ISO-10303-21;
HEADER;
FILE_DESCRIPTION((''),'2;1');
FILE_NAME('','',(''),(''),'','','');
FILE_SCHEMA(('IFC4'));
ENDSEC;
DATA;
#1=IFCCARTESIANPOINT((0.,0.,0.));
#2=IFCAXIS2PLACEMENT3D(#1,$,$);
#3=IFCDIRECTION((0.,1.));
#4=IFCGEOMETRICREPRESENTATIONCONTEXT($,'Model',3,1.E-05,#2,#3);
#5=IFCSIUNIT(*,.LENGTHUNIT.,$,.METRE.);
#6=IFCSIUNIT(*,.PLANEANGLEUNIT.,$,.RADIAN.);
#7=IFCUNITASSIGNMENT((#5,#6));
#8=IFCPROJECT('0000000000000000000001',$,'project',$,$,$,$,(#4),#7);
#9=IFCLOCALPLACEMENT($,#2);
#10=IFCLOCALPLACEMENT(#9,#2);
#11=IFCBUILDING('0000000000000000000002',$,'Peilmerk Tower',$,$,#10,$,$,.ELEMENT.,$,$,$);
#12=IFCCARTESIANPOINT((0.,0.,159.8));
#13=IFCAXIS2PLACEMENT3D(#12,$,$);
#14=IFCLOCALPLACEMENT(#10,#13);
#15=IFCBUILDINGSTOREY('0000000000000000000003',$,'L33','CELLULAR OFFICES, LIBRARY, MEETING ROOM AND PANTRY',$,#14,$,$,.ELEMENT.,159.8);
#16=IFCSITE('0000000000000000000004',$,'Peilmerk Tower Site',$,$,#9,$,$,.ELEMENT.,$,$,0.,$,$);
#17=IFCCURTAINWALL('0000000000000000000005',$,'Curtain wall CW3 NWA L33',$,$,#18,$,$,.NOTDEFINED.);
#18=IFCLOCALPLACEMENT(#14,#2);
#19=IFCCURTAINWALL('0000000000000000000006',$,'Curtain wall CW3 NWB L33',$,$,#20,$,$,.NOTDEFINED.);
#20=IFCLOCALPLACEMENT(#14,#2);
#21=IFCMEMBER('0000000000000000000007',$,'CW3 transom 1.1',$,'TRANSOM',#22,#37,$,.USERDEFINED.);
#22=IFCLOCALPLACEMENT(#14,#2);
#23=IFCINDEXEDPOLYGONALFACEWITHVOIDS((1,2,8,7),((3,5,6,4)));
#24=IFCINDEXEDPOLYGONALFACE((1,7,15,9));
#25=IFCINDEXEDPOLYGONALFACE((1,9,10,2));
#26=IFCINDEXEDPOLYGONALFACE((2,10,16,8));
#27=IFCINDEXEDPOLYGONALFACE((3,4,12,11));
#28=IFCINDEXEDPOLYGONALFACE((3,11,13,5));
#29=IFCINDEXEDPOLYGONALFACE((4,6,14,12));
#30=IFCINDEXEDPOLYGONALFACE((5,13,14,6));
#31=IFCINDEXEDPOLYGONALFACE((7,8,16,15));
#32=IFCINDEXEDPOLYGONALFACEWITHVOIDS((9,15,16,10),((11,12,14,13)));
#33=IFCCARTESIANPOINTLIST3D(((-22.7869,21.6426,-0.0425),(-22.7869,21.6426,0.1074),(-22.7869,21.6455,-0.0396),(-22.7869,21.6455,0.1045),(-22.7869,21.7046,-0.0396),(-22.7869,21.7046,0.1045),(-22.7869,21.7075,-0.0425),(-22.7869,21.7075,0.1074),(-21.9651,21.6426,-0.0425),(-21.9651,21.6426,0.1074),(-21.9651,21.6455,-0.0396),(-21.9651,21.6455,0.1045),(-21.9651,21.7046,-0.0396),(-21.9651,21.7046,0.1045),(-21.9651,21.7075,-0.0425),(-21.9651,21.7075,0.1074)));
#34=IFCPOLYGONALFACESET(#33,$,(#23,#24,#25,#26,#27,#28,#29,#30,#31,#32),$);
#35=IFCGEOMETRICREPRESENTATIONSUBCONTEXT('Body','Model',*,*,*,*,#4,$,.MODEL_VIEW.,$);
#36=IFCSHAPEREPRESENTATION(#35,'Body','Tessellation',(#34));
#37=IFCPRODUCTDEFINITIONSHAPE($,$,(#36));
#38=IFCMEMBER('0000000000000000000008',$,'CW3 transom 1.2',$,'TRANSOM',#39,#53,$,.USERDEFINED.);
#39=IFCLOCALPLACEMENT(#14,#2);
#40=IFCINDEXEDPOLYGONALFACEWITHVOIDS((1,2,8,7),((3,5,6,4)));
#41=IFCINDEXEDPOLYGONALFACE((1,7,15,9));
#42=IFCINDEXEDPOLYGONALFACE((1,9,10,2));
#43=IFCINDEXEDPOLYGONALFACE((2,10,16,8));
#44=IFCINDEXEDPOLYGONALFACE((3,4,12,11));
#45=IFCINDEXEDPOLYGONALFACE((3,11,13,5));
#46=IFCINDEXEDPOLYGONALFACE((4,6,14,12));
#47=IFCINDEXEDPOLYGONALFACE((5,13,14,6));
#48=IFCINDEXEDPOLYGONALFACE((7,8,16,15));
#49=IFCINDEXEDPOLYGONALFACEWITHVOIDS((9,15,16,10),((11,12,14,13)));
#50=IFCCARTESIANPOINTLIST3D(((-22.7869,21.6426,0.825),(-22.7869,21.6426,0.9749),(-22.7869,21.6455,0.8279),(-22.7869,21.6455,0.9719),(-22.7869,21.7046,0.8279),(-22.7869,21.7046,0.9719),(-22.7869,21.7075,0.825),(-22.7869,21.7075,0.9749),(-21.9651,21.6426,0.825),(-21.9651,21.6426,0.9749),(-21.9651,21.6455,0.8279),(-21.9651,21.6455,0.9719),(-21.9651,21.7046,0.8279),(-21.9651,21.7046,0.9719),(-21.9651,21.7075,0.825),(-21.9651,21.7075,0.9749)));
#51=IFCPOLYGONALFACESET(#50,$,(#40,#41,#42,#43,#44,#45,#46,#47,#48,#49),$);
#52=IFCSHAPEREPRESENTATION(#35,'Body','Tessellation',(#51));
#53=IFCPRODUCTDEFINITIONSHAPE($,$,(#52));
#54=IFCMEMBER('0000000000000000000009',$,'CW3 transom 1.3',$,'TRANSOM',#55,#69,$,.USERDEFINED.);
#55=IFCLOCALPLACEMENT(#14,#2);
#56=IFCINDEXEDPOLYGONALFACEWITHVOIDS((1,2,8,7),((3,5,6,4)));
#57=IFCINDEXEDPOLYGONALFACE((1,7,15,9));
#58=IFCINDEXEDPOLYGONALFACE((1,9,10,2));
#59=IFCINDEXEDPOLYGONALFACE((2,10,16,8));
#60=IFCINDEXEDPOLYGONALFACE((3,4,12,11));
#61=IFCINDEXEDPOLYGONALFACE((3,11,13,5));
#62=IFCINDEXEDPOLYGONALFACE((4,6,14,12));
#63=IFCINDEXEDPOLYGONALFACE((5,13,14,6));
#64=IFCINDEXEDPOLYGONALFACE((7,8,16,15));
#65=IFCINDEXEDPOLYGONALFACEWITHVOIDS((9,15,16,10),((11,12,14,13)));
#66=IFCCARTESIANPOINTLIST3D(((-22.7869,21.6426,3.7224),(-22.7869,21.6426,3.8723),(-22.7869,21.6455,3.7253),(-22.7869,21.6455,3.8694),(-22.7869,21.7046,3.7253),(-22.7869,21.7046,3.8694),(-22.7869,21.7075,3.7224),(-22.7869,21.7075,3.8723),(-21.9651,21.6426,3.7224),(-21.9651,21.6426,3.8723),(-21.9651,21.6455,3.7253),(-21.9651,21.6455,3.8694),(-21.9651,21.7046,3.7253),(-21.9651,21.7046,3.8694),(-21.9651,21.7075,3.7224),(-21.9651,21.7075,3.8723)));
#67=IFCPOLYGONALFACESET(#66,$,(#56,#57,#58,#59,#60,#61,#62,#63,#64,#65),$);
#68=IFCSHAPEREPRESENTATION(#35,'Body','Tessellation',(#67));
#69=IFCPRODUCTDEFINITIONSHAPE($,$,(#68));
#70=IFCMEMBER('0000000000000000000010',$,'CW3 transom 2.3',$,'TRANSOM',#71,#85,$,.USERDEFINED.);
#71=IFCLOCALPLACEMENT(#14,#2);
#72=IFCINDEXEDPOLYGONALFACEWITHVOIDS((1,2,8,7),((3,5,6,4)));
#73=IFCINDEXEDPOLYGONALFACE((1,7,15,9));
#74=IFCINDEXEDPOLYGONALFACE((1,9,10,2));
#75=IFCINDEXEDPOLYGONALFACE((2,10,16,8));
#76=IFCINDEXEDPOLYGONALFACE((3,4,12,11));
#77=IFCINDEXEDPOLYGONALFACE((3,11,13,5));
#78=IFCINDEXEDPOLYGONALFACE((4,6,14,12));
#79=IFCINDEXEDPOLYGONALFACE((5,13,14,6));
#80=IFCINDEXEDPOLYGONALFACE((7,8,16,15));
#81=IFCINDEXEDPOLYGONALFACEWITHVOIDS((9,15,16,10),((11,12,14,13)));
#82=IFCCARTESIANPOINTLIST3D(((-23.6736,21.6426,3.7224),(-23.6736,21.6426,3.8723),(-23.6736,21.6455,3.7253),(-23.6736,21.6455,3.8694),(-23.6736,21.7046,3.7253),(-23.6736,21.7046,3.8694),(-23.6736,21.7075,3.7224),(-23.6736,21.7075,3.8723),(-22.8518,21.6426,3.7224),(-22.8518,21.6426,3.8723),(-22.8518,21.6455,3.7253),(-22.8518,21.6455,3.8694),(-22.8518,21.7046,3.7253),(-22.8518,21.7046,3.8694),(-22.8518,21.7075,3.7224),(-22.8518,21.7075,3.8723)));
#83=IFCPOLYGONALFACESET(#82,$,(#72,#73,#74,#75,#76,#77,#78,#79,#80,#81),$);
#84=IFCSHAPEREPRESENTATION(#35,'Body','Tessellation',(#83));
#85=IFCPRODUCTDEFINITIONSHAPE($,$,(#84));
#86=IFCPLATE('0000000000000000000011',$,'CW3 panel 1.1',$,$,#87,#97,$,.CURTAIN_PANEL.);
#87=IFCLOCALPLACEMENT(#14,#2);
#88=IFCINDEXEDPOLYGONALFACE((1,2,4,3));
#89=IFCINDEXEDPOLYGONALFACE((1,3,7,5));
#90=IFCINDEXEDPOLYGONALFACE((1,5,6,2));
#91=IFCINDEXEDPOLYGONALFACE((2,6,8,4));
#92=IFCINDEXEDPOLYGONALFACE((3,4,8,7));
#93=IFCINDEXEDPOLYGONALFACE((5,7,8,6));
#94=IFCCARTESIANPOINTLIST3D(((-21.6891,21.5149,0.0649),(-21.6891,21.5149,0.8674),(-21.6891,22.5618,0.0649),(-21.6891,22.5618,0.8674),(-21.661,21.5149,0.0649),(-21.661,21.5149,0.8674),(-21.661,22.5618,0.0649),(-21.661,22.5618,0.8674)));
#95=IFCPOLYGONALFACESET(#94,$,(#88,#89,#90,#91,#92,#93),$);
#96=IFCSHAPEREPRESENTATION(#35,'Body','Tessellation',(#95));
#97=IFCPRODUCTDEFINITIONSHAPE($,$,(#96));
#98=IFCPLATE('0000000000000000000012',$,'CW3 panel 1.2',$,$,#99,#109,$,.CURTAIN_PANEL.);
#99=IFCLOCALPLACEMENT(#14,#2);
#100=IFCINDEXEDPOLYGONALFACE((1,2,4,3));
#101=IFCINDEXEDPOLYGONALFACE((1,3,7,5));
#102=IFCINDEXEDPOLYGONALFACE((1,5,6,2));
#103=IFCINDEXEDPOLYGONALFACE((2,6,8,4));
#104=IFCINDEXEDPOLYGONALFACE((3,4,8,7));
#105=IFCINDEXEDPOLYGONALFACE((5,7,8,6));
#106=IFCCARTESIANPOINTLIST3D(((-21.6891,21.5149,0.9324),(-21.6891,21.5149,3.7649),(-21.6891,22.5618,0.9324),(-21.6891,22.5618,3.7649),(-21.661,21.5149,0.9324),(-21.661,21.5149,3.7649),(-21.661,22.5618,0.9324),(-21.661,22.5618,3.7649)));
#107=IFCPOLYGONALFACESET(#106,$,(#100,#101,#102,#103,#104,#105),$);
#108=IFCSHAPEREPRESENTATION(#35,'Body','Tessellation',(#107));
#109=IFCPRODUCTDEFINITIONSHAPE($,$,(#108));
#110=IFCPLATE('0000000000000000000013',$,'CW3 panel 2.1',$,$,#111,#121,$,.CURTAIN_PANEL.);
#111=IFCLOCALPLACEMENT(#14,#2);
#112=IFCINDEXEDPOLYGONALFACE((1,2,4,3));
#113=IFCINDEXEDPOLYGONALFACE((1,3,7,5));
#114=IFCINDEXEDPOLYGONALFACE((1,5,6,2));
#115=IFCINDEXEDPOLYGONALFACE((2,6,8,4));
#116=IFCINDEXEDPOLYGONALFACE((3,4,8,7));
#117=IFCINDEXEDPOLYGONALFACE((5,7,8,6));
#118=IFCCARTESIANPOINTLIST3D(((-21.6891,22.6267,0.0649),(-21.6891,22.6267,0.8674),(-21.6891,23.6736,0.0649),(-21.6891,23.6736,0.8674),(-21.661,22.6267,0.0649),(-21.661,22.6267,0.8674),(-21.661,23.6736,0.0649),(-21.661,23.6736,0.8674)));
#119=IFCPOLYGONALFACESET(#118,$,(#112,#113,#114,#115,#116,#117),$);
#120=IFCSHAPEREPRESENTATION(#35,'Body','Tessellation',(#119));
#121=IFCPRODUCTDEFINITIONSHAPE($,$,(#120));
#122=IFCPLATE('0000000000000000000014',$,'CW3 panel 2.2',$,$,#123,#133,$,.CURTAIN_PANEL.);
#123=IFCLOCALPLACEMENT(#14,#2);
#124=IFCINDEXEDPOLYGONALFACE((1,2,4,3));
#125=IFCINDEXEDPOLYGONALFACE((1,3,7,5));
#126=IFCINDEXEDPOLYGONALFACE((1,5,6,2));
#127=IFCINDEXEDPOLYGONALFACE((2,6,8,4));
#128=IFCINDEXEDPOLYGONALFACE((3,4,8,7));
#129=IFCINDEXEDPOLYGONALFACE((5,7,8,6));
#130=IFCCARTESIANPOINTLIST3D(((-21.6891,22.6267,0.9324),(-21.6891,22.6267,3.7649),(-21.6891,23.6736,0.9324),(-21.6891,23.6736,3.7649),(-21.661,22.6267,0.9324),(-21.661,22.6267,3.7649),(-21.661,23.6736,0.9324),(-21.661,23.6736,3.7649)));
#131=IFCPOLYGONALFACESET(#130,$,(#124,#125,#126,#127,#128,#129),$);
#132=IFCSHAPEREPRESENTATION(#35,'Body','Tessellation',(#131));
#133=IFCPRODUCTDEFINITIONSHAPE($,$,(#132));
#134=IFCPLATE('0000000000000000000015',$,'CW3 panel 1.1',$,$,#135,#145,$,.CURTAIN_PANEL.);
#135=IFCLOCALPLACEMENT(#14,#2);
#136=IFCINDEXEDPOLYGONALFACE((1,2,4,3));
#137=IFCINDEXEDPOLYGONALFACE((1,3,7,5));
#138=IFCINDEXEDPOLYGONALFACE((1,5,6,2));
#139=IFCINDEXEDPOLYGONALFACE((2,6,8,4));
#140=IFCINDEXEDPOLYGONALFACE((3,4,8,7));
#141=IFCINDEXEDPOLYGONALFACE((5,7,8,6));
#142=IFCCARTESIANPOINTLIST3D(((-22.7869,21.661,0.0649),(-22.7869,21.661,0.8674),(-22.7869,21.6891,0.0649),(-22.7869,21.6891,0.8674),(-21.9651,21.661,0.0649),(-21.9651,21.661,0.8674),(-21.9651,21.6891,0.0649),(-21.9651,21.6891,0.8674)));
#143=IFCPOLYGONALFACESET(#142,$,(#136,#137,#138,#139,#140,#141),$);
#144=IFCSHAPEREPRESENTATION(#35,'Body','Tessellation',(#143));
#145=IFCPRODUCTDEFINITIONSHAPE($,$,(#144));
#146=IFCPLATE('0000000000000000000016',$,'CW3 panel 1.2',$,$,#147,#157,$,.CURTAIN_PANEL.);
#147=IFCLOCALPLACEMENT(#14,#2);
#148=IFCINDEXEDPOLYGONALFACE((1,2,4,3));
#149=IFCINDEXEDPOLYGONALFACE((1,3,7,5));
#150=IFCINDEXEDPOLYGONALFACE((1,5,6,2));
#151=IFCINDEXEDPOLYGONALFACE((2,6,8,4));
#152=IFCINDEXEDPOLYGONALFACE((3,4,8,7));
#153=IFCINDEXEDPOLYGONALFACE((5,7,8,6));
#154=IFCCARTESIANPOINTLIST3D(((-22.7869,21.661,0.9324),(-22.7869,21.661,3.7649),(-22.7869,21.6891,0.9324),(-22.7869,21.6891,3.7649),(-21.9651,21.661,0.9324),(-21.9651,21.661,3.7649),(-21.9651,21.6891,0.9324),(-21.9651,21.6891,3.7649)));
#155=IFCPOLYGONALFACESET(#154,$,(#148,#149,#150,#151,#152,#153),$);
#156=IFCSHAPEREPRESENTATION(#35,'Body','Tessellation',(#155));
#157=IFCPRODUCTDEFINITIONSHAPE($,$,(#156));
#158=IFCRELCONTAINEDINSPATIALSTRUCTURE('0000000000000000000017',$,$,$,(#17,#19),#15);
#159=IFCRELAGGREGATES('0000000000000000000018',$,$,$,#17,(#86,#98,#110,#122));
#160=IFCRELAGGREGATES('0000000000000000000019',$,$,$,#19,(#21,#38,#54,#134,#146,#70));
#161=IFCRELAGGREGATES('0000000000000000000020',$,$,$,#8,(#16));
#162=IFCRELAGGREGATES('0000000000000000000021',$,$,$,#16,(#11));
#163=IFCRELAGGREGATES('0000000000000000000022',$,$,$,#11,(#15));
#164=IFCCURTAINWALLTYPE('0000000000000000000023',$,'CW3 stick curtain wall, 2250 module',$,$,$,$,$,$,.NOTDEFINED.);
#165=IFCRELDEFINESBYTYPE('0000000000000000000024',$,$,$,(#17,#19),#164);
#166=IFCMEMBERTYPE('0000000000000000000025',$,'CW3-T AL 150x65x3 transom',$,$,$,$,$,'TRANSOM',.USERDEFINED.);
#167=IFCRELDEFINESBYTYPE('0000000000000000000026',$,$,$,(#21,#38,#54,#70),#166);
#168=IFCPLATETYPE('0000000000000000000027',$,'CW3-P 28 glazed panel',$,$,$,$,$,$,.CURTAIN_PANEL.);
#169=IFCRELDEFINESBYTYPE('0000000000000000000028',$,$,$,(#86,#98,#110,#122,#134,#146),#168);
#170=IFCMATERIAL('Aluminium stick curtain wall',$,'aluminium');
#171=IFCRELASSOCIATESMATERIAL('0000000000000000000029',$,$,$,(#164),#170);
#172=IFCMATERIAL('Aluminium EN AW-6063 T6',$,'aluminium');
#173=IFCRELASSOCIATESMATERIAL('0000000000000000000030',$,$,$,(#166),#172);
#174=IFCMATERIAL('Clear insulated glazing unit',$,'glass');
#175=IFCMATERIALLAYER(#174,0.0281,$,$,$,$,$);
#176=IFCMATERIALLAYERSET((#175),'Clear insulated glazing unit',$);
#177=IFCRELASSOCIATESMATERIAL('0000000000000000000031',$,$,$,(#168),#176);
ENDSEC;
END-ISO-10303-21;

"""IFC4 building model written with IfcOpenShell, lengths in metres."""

from ifc_helpers import new_model, si_unit, direction, frame, origin, origin_2d, place, context, subcontext, project, spatial, rectangle, hollow_rectangle, extrude, material, layer, layer_set, material_profile, profile_set, type_object, element, aggregate, save


model = new_model("IFC4")

# Units and contexts
model_context = context("Model", 3, precision=1e-05, world=origin(), true_north=direction((0.0, 1.0)))
body_context = subcontext(model_context, "Body", "Model", "MODEL_VIEW")
ifc_project = project(units=[si_unit("LENGTHUNIT", "METRE"), si_unit("PLANEANGLEUNIT", "RADIAN")], contexts=[model_context])

# Site, building, storey
site_placement = place(None, origin())
site = spatial("IfcSite", under=ifc_project, at=site_placement, Name="Peilmerk Tower Site", CompositionType="ELEMENT", RefElevation=0.0)
building_placement = place(site_placement, origin())
building = spatial("IfcBuilding", under=site, at=building_placement, Name="Peilmerk Tower", CompositionType="ELEMENT")
storey_placement = place(building_placement, frame((0.0, 0.0, 159.8)))
storey = spatial("IfcBuildingStorey", under=building, at=storey_placement, Name="L33", Description="CELLULAR OFFICES, LIBRARY, MEETING ROOM AND PANTRY", CompositionType="ELEMENT", Elevation=159.8)

# Curtain walls
ifc_material_1 = material(Name="Aluminium stick curtain wall", Category="aluminium")
curtain_wall_type = type_object("IfcCurtainWallType", Name="CW3 stick curtain wall, 2250 module", PredefinedType="NOTDEFINED", material=ifc_material_1)
curtain_wall_1_placement = place(storey_placement, origin())
curtain_wall_1 = element("IfcCurtainWall", 1, at=curtain_wall_1_placement, inside=storey, type_object=curtain_wall_type, Name="Curtain wall CW3 NWA L33", PredefinedType="NOTDEFINED")
ifc_material_2 = material(Name="Aluminium EN AW-6063 T6", Category="aluminium")
curtain_wall_2_placement = place(storey_placement, origin())
curtain_wall_2 = element("IfcCurtainWall", 2, at=curtain_wall_2_placement, inside=storey, type_object=curtain_wall_type, Name="Curtain wall CW3 NWB L33", PredefinedType="NOTDEFINED")

# Members
ifc_material_profile_1 = material_profile(ifc_material_2, hollow_rectangle(XDim=0.0649, YDim=0.1499, WallThickness=0.0029, at=origin_2d()), Name="AL 150x65x3")
ifc_profile_set_1 = profile_set([ifc_material_profile_1], Name="Aluminium EN AW-6063 T6")
member_type_1 = type_object("IfcMemberType", Name="CW3-T AL 150x65x3 transom", ElementType="TRANSOM", PredefinedType="USERDEFINED", material=ifc_profile_set_1)
member_1_placement = place(storey_placement, frame((-21.9651, 21.675, 0.0325), z_axis=(-1.0, 0.0, 0.0), x_axis=(0.0, -1.0, 0.0)))
member_1 = element("IfcMember", 3, at=member_1_placement, type_object=member_type_1, Name="CW3 transom 1.1", ObjectType="TRANSOM", PredefinedType="USERDEFINED", context=body_context, shape_type="SweptSolid", body=[
    extrude(hollow_rectangle(XDim=0.0649, YDim=0.1499, WallThickness=0.0029, at=origin_2d()), origin(), (0.0, 0.0, 1.0), 0.8218),
])
member_2_placement = place(storey_placement, frame((-21.9651, 21.675, 0.8999), z_axis=(-1.0, 0.0, 0.0), x_axis=(0.0, -1.0, 0.0)))
member_2 = element("IfcMember", 4, at=member_2_placement, type_object=member_type_1, Name="CW3 transom 1.2", ObjectType="TRANSOM", PredefinedType="USERDEFINED", context=body_context, shape_type="SweptSolid", body=[
    extrude(hollow_rectangle(XDim=0.0649, YDim=0.1499, WallThickness=0.0029, at=origin_2d()), origin(), (0.0, 0.0, 1.0), 0.8218),
])
member_3_placement = place(storey_placement, frame((-21.9651, 21.675, 3.7974), z_axis=(-1.0, 0.0, 0.0), x_axis=(0.0, -1.0, 0.0)))
member_3 = element("IfcMember", 5, at=member_3_placement, type_object=member_type_1, Name="CW3 transom 1.3", ObjectType="TRANSOM", PredefinedType="USERDEFINED", context=body_context, shape_type="SweptSolid", body=[
    extrude(hollow_rectangle(XDim=0.0649, YDim=0.1499, WallThickness=0.0029, at=origin_2d()), origin(), (0.0, 0.0, 1.0), 0.8218),
])
member_4_placement = place(storey_placement, frame((-22.8518, 21.675, 3.7974), z_axis=(-1.0, 0.0, 0.0), x_axis=(0.0, -1.0, 0.0)))
member_4 = element("IfcMember", 6, at=member_4_placement, type_object=member_type_1, Name="CW3 transom 2.3", ObjectType="TRANSOM", PredefinedType="USERDEFINED", context=body_context, shape_type="SweptSolid", body=[
    extrude(hollow_rectangle(XDim=0.0649, YDim=0.1499, WallThickness=0.0029, at=origin_2d()), origin(), (0.0, 0.0, 1.0), 0.8218),
])

# Plates
ifc_material_3 = material(Name="Clear insulated glazing unit", Category="glass")
ifc_layer_1 = layer(ifc_material_3, 0.0281)
ifc_layer_set_1 = layer_set([ifc_layer_1], Name="Clear insulated glazing unit")
plate_type = type_object("IfcPlateType", Name="CW3-P 28 glazed panel", PredefinedType="CURTAIN_PANEL", material=ifc_layer_set_1)
plate_1_placement = place(storey_placement, frame((-21.675, 22.0383, 0.0649), z_axis=(0.0, 0.0, 1.0), x_axis=(0.0, 1.0, 0.0)))
plate_1 = element("IfcPlate", 7, at=plate_1_placement, type_object=plate_type, Name="CW3 panel 1.1", PredefinedType="CURTAIN_PANEL", context=body_context, shape_type="SweptSolid", body=[
    extrude(rectangle(XDim=1.0469, YDim=0.0281, at=origin_2d()), origin(), (0.0, 0.0, 1.0), 0.8025),
])
plate_2_placement = place(storey_placement, frame((-21.675, 22.0383, 0.9324), z_axis=(0.0, 0.0, 1.0), x_axis=(0.0, 1.0, 0.0)))
plate_2 = element("IfcPlate", 8, at=plate_2_placement, type_object=plate_type, Name="CW3 panel 1.2", PredefinedType="CURTAIN_PANEL", context=body_context, shape_type="SweptSolid", body=[
    extrude(rectangle(XDim=1.0469, YDim=0.0281, at=origin_2d()), origin(), (0.0, 0.0, 1.0), 2.8325),
])
plate_3_placement = place(storey_placement, frame((-21.675, 23.1501, 0.0649), z_axis=(0.0, 0.0, 1.0), x_axis=(0.0, 1.0, 0.0)))
plate_3 = element("IfcPlate", 9, at=plate_3_placement, type_object=plate_type, Name="CW3 panel 2.1", PredefinedType="CURTAIN_PANEL", context=body_context, shape_type="SweptSolid", body=[
    extrude(rectangle(XDim=1.0469, YDim=0.0281, at=origin_2d()), origin(), (0.0, 0.0, 1.0), 0.8025),
])
plate_4_placement = place(storey_placement, frame((-21.675, 23.1501, 0.9324), z_axis=(0.0, 0.0, 1.0), x_axis=(0.0, 1.0, 0.0)))
plate_4 = element("IfcPlate", 10, at=plate_4_placement, type_object=plate_type, Name="CW3 panel 2.2", PredefinedType="CURTAIN_PANEL", context=body_context, shape_type="SweptSolid", body=[
    extrude(rectangle(XDim=1.0469, YDim=0.0281, at=origin_2d()), origin(), (0.0, 0.0, 1.0), 2.8325),
])
aggregate(curtain_wall_1, [plate_1, plate_2, plate_3, plate_4])
plate_5_placement = place(storey_placement, frame((-22.376, 21.675, 0.0649), z_axis=(0.0, 0.0, 1.0), x_axis=(-1.0, 0.0, 0.0)))
plate_5 = element("IfcPlate", 11, at=plate_5_placement, type_object=plate_type, Name="CW3 panel 1.1", PredefinedType="CURTAIN_PANEL", context=body_context, shape_type="SweptSolid", body=[
    extrude(rectangle(XDim=0.8218, YDim=0.0281, at=origin_2d()), origin(), (0.0, 0.0, 1.0), 0.8025),
])
plate_6_placement = place(storey_placement, frame((-22.376, 21.675, 0.9324), z_axis=(0.0, 0.0, 1.0), x_axis=(-1.0, 0.0, 0.0)))
plate_6 = element("IfcPlate", 12, at=plate_6_placement, type_object=plate_type, Name="CW3 panel 1.2", PredefinedType="CURTAIN_PANEL", context=body_context, shape_type="SweptSolid", body=[
    extrude(rectangle(XDim=0.8218, YDim=0.0281, at=origin_2d()), origin(), (0.0, 0.0, 1.0), 2.8325),
])
aggregate(curtain_wall_2, [member_1, member_2, member_3, plate_5, plate_6, member_4])

save(model, "model.ifc")
